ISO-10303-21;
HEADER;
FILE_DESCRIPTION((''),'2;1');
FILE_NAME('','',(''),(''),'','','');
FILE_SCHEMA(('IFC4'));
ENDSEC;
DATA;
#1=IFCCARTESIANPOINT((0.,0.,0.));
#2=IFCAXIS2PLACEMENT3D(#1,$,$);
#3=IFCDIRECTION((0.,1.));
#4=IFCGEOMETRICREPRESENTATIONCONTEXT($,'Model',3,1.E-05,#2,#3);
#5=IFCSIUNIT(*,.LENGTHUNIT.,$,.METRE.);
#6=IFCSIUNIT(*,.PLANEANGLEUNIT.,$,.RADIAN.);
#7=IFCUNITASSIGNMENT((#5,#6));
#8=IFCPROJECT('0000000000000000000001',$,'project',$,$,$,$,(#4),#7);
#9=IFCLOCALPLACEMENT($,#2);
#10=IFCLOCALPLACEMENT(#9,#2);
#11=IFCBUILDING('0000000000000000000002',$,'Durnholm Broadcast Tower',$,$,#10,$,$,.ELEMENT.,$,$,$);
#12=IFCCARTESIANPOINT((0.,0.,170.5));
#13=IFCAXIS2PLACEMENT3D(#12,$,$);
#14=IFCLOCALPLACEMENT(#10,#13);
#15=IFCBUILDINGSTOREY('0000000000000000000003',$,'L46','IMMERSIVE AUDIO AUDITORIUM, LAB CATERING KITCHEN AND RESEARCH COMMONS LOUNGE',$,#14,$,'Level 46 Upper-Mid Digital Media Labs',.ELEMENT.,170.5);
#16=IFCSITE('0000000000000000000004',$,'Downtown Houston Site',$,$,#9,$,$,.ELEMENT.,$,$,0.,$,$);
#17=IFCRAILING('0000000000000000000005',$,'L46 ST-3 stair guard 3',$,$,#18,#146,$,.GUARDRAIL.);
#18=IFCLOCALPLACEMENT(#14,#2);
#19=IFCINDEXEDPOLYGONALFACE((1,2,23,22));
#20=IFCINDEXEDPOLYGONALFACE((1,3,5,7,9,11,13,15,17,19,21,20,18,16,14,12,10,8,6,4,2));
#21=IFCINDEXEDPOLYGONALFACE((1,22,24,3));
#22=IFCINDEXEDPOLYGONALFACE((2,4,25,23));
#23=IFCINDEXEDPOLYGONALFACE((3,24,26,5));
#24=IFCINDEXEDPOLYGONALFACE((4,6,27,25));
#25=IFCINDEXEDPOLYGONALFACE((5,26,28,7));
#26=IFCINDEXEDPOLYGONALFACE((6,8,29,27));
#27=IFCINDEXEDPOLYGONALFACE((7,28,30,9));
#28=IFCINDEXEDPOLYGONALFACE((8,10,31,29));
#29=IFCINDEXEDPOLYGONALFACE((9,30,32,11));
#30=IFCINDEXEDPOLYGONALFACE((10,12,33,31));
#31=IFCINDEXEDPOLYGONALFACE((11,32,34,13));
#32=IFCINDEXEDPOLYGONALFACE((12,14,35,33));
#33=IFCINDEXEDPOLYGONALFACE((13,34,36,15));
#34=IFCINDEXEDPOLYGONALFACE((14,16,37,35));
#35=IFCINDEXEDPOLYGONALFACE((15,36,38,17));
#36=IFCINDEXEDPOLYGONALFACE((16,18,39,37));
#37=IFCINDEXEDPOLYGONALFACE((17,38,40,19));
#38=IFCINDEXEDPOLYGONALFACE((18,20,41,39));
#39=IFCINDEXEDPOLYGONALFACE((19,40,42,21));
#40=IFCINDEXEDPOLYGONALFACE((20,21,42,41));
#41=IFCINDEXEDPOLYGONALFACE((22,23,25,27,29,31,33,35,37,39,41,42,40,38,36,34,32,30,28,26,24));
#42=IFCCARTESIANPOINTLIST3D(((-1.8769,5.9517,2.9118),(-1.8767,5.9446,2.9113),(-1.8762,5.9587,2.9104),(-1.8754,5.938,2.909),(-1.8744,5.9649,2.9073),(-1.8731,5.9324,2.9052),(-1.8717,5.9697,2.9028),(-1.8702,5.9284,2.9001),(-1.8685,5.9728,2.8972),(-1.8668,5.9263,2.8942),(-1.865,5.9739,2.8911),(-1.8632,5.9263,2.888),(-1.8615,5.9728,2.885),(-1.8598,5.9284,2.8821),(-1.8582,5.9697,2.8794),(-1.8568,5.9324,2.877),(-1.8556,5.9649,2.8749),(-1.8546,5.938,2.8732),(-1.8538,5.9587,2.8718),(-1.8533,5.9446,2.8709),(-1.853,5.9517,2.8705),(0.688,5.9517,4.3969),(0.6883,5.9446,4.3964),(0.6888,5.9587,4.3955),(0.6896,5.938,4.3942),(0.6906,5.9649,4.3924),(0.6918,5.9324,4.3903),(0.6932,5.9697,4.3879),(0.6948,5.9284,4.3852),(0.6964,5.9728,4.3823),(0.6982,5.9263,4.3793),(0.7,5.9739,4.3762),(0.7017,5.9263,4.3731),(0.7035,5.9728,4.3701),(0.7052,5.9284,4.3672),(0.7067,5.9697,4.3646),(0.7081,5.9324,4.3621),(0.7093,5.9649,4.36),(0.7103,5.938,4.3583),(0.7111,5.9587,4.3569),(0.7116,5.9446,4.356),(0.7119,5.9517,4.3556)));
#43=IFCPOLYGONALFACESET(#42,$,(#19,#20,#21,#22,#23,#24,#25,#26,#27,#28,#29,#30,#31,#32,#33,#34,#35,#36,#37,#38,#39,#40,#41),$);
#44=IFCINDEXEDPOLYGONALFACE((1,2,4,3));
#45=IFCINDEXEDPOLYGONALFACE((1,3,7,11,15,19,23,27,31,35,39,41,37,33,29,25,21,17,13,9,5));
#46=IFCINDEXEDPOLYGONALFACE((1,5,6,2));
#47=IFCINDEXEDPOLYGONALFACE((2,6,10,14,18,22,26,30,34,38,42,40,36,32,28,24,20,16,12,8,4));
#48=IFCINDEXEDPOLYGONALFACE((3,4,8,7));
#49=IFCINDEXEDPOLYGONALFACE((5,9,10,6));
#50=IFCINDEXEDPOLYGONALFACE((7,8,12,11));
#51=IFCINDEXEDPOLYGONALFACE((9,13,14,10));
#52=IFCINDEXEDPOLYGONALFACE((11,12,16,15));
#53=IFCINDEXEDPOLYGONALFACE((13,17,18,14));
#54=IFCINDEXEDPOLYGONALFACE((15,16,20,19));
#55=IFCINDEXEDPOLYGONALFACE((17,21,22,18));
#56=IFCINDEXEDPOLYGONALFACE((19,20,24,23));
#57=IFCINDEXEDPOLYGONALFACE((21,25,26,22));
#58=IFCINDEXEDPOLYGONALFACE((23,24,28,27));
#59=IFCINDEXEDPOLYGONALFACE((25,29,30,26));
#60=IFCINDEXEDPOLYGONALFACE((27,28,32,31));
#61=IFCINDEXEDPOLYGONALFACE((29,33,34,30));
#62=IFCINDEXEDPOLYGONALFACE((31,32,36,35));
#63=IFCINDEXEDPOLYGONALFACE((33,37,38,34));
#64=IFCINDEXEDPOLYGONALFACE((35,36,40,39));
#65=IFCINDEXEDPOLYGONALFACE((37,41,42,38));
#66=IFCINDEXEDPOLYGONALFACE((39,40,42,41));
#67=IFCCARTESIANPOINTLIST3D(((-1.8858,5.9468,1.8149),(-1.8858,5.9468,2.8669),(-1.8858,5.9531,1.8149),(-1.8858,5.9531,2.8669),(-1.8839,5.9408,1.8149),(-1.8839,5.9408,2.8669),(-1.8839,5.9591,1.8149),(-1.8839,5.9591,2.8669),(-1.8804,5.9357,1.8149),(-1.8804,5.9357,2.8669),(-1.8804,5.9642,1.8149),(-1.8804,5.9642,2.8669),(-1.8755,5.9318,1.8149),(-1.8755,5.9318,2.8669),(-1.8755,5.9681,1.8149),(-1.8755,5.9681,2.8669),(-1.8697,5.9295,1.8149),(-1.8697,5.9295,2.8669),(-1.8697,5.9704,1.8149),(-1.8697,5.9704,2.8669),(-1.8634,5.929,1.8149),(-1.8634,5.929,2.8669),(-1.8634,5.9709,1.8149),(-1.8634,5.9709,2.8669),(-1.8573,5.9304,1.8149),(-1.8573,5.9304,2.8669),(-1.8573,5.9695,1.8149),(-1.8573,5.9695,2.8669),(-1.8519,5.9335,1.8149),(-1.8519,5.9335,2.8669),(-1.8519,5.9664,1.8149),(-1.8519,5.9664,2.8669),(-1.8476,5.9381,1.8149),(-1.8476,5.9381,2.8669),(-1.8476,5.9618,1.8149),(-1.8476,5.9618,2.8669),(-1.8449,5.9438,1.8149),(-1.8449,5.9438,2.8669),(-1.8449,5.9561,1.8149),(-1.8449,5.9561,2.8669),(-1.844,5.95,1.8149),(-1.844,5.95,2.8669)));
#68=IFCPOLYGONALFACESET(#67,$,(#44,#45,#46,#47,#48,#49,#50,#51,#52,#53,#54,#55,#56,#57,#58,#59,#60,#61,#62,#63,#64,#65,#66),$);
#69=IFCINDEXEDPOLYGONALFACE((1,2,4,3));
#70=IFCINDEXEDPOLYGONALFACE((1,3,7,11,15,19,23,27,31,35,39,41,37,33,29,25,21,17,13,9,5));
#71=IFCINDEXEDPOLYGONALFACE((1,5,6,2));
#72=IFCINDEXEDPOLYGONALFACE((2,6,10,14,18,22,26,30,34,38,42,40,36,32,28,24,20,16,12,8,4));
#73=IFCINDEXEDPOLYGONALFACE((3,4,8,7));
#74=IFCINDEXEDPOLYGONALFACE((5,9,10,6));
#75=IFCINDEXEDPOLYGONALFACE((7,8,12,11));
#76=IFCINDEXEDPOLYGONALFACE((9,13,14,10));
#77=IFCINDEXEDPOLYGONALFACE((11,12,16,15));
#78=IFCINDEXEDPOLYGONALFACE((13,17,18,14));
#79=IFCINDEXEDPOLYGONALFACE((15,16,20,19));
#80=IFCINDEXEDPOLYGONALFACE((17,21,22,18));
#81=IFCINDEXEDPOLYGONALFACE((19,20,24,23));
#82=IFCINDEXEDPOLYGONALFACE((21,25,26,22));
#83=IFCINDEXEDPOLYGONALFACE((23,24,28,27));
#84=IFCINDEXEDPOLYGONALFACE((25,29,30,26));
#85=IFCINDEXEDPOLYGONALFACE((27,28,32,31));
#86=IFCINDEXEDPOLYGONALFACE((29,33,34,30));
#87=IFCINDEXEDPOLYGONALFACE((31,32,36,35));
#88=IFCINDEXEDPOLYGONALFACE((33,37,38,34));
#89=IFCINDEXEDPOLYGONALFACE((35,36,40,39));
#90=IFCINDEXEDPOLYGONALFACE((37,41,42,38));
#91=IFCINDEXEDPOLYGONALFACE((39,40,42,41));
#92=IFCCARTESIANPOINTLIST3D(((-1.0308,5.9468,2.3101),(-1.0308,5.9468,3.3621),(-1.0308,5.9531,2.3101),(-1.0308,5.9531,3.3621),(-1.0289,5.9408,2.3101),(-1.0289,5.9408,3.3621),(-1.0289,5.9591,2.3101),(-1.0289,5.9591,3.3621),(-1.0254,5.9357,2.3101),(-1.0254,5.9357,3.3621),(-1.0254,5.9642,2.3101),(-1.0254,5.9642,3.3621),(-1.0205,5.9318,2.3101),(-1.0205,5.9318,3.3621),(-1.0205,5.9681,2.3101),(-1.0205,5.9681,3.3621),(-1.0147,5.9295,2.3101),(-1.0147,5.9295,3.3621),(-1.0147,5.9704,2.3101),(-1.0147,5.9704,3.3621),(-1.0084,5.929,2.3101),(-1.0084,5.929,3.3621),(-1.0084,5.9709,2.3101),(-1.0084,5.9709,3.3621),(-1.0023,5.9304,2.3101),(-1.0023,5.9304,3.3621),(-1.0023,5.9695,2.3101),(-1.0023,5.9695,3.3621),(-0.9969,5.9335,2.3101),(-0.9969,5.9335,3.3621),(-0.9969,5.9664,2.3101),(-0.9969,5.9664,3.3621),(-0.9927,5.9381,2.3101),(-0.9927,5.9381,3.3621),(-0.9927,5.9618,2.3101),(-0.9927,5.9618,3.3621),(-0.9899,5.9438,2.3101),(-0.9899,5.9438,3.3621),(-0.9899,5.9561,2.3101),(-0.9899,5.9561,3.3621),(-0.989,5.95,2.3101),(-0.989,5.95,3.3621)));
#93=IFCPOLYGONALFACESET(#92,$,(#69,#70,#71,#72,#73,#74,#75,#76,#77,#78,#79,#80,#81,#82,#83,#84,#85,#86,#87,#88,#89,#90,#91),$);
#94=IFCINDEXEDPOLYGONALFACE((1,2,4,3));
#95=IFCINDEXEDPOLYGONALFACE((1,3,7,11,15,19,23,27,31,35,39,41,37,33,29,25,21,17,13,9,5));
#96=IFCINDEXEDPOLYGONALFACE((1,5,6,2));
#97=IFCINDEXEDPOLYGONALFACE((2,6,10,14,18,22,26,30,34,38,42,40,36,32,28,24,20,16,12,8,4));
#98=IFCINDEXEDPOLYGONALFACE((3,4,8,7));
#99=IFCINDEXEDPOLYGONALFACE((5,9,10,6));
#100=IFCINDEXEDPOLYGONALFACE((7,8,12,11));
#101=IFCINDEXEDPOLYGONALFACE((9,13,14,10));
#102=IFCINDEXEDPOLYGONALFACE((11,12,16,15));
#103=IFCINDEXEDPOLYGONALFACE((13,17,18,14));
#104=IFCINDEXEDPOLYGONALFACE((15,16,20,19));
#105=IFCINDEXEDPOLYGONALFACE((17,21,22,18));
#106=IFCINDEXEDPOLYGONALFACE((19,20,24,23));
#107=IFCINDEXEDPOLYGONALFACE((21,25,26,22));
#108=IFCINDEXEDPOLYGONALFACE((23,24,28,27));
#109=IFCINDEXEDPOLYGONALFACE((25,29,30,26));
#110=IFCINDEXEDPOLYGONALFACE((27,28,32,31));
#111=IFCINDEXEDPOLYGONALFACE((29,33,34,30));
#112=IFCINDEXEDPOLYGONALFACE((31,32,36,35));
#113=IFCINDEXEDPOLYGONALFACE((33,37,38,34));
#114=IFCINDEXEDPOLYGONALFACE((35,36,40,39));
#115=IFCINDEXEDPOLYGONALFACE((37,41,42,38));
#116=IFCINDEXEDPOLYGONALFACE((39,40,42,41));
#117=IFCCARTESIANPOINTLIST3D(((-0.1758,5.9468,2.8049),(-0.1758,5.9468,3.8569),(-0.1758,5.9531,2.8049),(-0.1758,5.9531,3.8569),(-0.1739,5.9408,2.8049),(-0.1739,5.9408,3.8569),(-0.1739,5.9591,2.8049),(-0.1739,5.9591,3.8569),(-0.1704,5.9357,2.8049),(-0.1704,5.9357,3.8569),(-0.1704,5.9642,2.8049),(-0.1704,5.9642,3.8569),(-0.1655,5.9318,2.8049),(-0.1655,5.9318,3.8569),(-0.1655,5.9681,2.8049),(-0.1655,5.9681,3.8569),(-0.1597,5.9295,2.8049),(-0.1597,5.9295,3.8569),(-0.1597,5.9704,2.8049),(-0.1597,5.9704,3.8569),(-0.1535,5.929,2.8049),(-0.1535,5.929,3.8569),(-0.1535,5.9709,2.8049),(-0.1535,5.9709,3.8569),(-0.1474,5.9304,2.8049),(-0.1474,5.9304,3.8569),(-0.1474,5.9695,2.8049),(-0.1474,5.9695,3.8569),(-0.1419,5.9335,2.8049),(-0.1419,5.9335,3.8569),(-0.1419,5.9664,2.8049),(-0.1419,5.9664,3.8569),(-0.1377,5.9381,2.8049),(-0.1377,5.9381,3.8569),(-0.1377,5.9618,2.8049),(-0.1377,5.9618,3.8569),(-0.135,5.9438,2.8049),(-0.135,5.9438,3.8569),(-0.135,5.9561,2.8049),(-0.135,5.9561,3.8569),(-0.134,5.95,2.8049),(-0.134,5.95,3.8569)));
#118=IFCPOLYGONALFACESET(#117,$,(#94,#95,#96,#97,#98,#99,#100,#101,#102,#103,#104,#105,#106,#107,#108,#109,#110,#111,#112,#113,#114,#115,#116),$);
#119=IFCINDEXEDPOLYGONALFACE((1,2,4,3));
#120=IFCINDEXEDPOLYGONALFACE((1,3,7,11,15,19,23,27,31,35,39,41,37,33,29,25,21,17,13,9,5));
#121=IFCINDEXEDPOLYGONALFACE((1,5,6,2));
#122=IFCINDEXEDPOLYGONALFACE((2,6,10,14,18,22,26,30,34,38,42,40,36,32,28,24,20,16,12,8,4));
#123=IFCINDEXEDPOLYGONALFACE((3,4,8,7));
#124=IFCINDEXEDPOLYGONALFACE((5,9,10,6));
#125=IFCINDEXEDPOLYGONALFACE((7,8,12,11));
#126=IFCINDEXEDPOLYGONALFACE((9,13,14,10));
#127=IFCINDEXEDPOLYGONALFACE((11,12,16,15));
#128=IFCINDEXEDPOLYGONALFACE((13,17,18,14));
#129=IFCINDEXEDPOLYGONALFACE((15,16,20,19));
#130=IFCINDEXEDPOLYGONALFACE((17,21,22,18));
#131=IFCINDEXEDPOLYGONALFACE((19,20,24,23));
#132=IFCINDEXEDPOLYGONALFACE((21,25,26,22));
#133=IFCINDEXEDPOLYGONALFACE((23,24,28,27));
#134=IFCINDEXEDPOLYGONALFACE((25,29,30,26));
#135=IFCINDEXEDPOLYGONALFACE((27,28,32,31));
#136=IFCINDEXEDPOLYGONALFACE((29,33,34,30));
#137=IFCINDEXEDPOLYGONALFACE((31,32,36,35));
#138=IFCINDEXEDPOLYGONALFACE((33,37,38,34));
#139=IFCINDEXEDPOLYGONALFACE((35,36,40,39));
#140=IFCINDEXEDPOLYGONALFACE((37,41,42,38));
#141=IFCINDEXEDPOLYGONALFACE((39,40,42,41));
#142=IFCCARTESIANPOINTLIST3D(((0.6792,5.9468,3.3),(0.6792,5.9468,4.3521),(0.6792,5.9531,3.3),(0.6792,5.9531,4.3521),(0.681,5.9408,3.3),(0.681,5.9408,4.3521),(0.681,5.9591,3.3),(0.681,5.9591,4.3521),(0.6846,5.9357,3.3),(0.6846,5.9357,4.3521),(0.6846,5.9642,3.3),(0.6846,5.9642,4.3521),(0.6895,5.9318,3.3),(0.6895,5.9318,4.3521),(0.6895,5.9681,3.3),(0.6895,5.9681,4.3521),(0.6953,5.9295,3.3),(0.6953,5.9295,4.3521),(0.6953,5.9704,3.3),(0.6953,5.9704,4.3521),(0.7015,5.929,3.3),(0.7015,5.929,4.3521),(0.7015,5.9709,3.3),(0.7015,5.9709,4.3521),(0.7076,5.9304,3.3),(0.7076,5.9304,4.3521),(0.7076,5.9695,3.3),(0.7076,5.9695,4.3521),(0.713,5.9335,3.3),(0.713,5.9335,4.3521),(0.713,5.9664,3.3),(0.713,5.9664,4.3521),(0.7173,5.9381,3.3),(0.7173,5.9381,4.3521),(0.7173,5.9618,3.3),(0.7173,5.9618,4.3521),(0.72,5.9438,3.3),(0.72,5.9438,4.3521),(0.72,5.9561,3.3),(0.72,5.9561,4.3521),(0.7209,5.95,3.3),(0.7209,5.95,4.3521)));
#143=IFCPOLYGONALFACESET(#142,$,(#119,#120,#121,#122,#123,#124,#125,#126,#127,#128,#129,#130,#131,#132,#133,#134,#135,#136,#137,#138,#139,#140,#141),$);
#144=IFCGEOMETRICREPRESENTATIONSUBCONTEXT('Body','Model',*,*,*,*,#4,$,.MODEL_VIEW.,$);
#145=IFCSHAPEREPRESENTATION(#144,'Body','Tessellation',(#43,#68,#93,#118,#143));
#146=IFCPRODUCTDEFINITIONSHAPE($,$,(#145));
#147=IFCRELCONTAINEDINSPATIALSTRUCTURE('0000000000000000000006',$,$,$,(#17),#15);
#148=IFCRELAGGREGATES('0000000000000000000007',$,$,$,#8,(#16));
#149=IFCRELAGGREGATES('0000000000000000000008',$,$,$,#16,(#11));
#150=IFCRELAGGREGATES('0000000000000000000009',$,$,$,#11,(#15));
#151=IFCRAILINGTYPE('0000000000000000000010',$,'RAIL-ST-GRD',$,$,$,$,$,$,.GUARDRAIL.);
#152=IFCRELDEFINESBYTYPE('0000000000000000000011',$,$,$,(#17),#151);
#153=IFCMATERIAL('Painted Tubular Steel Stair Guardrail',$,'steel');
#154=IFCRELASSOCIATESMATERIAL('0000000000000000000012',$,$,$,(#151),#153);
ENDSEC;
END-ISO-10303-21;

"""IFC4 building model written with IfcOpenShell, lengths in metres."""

from ifc_helpers import new_model, si_unit, direction, frame, origin, origin_2d, place, context, subcontext, project, spatial, circle, extrude, material, type_object, element, save


model = new_model("IFC4")

# Units and contexts
model_context = context("Model", 3, precision=1e-05, world=origin(), true_north=direction((0.0, 1.0)))
body_context = subcontext(model_context, "Body", "Model", "MODEL_VIEW")
ifc_project = project(units=[si_unit("LENGTHUNIT", "METRE"), si_unit("PLANEANGLEUNIT", "RADIAN")], contexts=[model_context])

# Site, building, storey
site_placement = place(None, origin())
site = spatial("IfcSite", under=ifc_project, at=site_placement, Name="Downtown Houston Site", CompositionType="ELEMENT", RefElevation=0.0)
building_placement = place(site_placement, origin())
building = spatial("IfcBuilding", under=site, at=building_placement, Name="Durnholm Broadcast Tower", CompositionType="ELEMENT")
storey_placement = place(building_placement, frame((0.0, 0.0, 170.5)))
storey = spatial("IfcBuildingStorey", under=building, at=storey_placement, Name="L46", Description="IMMERSIVE AUDIO AUDITORIUM, LAB CATERING KITCHEN AND RESEARCH COMMONS LOUNGE", LongName="Level 46 Upper-Mid Digital Media Labs", CompositionType="ELEMENT", Elevation=170.5)

# Railing
ifc_material_1 = material(Name="Painted Tubular Steel Stair Guardrail", Category="steel")
railing_type_1 = type_object("IfcRailingType", Name="RAIL-ST-GRD", PredefinedType="GUARDRAIL", material=ifc_material_1)
railing_1_placement = place(storey_placement, frame((-1.865, 5.95, 1.8149)))
element("IfcRailing", 1, at=railing_1_placement, inside=storey, type_object=railing_type_1, Name="L46 ST-3 stair guard 3", PredefinedType="GUARDRAIL", context=body_context, shape_type="SweptSolid", body=[
    extrude(circle(Radius=0.0239, at=origin_2d()), frame((0.0, 0.0, 1.0762), z_axis=(0.865406, 0.0, 0.501072), x_axis=(0.0, 1.0, 0.0)), (0.0, 0.0, 1.0), 2.9639),
    extrude(circle(Radius=0.021, at=origin_2d()), origin(), (0.0, 0.0, 1.0), 1.052),
    extrude(circle(Radius=0.021, at=origin_2d()), frame((0.855, 0.0, 0.4951)), (0.0, 0.0, 1.0), 1.052),
    extrude(circle(Radius=0.021, at=origin_2d()), frame((1.71, 0.0, 0.99)), (0.0, 0.0, 1.0), 1.052),
    extrude(circle(Radius=0.021, at=origin_2d()), frame((2.5649, 0.0, 1.4851)), (0.0, 0.0, 1.0), 1.052),
])

save(model, "model.ifc")
